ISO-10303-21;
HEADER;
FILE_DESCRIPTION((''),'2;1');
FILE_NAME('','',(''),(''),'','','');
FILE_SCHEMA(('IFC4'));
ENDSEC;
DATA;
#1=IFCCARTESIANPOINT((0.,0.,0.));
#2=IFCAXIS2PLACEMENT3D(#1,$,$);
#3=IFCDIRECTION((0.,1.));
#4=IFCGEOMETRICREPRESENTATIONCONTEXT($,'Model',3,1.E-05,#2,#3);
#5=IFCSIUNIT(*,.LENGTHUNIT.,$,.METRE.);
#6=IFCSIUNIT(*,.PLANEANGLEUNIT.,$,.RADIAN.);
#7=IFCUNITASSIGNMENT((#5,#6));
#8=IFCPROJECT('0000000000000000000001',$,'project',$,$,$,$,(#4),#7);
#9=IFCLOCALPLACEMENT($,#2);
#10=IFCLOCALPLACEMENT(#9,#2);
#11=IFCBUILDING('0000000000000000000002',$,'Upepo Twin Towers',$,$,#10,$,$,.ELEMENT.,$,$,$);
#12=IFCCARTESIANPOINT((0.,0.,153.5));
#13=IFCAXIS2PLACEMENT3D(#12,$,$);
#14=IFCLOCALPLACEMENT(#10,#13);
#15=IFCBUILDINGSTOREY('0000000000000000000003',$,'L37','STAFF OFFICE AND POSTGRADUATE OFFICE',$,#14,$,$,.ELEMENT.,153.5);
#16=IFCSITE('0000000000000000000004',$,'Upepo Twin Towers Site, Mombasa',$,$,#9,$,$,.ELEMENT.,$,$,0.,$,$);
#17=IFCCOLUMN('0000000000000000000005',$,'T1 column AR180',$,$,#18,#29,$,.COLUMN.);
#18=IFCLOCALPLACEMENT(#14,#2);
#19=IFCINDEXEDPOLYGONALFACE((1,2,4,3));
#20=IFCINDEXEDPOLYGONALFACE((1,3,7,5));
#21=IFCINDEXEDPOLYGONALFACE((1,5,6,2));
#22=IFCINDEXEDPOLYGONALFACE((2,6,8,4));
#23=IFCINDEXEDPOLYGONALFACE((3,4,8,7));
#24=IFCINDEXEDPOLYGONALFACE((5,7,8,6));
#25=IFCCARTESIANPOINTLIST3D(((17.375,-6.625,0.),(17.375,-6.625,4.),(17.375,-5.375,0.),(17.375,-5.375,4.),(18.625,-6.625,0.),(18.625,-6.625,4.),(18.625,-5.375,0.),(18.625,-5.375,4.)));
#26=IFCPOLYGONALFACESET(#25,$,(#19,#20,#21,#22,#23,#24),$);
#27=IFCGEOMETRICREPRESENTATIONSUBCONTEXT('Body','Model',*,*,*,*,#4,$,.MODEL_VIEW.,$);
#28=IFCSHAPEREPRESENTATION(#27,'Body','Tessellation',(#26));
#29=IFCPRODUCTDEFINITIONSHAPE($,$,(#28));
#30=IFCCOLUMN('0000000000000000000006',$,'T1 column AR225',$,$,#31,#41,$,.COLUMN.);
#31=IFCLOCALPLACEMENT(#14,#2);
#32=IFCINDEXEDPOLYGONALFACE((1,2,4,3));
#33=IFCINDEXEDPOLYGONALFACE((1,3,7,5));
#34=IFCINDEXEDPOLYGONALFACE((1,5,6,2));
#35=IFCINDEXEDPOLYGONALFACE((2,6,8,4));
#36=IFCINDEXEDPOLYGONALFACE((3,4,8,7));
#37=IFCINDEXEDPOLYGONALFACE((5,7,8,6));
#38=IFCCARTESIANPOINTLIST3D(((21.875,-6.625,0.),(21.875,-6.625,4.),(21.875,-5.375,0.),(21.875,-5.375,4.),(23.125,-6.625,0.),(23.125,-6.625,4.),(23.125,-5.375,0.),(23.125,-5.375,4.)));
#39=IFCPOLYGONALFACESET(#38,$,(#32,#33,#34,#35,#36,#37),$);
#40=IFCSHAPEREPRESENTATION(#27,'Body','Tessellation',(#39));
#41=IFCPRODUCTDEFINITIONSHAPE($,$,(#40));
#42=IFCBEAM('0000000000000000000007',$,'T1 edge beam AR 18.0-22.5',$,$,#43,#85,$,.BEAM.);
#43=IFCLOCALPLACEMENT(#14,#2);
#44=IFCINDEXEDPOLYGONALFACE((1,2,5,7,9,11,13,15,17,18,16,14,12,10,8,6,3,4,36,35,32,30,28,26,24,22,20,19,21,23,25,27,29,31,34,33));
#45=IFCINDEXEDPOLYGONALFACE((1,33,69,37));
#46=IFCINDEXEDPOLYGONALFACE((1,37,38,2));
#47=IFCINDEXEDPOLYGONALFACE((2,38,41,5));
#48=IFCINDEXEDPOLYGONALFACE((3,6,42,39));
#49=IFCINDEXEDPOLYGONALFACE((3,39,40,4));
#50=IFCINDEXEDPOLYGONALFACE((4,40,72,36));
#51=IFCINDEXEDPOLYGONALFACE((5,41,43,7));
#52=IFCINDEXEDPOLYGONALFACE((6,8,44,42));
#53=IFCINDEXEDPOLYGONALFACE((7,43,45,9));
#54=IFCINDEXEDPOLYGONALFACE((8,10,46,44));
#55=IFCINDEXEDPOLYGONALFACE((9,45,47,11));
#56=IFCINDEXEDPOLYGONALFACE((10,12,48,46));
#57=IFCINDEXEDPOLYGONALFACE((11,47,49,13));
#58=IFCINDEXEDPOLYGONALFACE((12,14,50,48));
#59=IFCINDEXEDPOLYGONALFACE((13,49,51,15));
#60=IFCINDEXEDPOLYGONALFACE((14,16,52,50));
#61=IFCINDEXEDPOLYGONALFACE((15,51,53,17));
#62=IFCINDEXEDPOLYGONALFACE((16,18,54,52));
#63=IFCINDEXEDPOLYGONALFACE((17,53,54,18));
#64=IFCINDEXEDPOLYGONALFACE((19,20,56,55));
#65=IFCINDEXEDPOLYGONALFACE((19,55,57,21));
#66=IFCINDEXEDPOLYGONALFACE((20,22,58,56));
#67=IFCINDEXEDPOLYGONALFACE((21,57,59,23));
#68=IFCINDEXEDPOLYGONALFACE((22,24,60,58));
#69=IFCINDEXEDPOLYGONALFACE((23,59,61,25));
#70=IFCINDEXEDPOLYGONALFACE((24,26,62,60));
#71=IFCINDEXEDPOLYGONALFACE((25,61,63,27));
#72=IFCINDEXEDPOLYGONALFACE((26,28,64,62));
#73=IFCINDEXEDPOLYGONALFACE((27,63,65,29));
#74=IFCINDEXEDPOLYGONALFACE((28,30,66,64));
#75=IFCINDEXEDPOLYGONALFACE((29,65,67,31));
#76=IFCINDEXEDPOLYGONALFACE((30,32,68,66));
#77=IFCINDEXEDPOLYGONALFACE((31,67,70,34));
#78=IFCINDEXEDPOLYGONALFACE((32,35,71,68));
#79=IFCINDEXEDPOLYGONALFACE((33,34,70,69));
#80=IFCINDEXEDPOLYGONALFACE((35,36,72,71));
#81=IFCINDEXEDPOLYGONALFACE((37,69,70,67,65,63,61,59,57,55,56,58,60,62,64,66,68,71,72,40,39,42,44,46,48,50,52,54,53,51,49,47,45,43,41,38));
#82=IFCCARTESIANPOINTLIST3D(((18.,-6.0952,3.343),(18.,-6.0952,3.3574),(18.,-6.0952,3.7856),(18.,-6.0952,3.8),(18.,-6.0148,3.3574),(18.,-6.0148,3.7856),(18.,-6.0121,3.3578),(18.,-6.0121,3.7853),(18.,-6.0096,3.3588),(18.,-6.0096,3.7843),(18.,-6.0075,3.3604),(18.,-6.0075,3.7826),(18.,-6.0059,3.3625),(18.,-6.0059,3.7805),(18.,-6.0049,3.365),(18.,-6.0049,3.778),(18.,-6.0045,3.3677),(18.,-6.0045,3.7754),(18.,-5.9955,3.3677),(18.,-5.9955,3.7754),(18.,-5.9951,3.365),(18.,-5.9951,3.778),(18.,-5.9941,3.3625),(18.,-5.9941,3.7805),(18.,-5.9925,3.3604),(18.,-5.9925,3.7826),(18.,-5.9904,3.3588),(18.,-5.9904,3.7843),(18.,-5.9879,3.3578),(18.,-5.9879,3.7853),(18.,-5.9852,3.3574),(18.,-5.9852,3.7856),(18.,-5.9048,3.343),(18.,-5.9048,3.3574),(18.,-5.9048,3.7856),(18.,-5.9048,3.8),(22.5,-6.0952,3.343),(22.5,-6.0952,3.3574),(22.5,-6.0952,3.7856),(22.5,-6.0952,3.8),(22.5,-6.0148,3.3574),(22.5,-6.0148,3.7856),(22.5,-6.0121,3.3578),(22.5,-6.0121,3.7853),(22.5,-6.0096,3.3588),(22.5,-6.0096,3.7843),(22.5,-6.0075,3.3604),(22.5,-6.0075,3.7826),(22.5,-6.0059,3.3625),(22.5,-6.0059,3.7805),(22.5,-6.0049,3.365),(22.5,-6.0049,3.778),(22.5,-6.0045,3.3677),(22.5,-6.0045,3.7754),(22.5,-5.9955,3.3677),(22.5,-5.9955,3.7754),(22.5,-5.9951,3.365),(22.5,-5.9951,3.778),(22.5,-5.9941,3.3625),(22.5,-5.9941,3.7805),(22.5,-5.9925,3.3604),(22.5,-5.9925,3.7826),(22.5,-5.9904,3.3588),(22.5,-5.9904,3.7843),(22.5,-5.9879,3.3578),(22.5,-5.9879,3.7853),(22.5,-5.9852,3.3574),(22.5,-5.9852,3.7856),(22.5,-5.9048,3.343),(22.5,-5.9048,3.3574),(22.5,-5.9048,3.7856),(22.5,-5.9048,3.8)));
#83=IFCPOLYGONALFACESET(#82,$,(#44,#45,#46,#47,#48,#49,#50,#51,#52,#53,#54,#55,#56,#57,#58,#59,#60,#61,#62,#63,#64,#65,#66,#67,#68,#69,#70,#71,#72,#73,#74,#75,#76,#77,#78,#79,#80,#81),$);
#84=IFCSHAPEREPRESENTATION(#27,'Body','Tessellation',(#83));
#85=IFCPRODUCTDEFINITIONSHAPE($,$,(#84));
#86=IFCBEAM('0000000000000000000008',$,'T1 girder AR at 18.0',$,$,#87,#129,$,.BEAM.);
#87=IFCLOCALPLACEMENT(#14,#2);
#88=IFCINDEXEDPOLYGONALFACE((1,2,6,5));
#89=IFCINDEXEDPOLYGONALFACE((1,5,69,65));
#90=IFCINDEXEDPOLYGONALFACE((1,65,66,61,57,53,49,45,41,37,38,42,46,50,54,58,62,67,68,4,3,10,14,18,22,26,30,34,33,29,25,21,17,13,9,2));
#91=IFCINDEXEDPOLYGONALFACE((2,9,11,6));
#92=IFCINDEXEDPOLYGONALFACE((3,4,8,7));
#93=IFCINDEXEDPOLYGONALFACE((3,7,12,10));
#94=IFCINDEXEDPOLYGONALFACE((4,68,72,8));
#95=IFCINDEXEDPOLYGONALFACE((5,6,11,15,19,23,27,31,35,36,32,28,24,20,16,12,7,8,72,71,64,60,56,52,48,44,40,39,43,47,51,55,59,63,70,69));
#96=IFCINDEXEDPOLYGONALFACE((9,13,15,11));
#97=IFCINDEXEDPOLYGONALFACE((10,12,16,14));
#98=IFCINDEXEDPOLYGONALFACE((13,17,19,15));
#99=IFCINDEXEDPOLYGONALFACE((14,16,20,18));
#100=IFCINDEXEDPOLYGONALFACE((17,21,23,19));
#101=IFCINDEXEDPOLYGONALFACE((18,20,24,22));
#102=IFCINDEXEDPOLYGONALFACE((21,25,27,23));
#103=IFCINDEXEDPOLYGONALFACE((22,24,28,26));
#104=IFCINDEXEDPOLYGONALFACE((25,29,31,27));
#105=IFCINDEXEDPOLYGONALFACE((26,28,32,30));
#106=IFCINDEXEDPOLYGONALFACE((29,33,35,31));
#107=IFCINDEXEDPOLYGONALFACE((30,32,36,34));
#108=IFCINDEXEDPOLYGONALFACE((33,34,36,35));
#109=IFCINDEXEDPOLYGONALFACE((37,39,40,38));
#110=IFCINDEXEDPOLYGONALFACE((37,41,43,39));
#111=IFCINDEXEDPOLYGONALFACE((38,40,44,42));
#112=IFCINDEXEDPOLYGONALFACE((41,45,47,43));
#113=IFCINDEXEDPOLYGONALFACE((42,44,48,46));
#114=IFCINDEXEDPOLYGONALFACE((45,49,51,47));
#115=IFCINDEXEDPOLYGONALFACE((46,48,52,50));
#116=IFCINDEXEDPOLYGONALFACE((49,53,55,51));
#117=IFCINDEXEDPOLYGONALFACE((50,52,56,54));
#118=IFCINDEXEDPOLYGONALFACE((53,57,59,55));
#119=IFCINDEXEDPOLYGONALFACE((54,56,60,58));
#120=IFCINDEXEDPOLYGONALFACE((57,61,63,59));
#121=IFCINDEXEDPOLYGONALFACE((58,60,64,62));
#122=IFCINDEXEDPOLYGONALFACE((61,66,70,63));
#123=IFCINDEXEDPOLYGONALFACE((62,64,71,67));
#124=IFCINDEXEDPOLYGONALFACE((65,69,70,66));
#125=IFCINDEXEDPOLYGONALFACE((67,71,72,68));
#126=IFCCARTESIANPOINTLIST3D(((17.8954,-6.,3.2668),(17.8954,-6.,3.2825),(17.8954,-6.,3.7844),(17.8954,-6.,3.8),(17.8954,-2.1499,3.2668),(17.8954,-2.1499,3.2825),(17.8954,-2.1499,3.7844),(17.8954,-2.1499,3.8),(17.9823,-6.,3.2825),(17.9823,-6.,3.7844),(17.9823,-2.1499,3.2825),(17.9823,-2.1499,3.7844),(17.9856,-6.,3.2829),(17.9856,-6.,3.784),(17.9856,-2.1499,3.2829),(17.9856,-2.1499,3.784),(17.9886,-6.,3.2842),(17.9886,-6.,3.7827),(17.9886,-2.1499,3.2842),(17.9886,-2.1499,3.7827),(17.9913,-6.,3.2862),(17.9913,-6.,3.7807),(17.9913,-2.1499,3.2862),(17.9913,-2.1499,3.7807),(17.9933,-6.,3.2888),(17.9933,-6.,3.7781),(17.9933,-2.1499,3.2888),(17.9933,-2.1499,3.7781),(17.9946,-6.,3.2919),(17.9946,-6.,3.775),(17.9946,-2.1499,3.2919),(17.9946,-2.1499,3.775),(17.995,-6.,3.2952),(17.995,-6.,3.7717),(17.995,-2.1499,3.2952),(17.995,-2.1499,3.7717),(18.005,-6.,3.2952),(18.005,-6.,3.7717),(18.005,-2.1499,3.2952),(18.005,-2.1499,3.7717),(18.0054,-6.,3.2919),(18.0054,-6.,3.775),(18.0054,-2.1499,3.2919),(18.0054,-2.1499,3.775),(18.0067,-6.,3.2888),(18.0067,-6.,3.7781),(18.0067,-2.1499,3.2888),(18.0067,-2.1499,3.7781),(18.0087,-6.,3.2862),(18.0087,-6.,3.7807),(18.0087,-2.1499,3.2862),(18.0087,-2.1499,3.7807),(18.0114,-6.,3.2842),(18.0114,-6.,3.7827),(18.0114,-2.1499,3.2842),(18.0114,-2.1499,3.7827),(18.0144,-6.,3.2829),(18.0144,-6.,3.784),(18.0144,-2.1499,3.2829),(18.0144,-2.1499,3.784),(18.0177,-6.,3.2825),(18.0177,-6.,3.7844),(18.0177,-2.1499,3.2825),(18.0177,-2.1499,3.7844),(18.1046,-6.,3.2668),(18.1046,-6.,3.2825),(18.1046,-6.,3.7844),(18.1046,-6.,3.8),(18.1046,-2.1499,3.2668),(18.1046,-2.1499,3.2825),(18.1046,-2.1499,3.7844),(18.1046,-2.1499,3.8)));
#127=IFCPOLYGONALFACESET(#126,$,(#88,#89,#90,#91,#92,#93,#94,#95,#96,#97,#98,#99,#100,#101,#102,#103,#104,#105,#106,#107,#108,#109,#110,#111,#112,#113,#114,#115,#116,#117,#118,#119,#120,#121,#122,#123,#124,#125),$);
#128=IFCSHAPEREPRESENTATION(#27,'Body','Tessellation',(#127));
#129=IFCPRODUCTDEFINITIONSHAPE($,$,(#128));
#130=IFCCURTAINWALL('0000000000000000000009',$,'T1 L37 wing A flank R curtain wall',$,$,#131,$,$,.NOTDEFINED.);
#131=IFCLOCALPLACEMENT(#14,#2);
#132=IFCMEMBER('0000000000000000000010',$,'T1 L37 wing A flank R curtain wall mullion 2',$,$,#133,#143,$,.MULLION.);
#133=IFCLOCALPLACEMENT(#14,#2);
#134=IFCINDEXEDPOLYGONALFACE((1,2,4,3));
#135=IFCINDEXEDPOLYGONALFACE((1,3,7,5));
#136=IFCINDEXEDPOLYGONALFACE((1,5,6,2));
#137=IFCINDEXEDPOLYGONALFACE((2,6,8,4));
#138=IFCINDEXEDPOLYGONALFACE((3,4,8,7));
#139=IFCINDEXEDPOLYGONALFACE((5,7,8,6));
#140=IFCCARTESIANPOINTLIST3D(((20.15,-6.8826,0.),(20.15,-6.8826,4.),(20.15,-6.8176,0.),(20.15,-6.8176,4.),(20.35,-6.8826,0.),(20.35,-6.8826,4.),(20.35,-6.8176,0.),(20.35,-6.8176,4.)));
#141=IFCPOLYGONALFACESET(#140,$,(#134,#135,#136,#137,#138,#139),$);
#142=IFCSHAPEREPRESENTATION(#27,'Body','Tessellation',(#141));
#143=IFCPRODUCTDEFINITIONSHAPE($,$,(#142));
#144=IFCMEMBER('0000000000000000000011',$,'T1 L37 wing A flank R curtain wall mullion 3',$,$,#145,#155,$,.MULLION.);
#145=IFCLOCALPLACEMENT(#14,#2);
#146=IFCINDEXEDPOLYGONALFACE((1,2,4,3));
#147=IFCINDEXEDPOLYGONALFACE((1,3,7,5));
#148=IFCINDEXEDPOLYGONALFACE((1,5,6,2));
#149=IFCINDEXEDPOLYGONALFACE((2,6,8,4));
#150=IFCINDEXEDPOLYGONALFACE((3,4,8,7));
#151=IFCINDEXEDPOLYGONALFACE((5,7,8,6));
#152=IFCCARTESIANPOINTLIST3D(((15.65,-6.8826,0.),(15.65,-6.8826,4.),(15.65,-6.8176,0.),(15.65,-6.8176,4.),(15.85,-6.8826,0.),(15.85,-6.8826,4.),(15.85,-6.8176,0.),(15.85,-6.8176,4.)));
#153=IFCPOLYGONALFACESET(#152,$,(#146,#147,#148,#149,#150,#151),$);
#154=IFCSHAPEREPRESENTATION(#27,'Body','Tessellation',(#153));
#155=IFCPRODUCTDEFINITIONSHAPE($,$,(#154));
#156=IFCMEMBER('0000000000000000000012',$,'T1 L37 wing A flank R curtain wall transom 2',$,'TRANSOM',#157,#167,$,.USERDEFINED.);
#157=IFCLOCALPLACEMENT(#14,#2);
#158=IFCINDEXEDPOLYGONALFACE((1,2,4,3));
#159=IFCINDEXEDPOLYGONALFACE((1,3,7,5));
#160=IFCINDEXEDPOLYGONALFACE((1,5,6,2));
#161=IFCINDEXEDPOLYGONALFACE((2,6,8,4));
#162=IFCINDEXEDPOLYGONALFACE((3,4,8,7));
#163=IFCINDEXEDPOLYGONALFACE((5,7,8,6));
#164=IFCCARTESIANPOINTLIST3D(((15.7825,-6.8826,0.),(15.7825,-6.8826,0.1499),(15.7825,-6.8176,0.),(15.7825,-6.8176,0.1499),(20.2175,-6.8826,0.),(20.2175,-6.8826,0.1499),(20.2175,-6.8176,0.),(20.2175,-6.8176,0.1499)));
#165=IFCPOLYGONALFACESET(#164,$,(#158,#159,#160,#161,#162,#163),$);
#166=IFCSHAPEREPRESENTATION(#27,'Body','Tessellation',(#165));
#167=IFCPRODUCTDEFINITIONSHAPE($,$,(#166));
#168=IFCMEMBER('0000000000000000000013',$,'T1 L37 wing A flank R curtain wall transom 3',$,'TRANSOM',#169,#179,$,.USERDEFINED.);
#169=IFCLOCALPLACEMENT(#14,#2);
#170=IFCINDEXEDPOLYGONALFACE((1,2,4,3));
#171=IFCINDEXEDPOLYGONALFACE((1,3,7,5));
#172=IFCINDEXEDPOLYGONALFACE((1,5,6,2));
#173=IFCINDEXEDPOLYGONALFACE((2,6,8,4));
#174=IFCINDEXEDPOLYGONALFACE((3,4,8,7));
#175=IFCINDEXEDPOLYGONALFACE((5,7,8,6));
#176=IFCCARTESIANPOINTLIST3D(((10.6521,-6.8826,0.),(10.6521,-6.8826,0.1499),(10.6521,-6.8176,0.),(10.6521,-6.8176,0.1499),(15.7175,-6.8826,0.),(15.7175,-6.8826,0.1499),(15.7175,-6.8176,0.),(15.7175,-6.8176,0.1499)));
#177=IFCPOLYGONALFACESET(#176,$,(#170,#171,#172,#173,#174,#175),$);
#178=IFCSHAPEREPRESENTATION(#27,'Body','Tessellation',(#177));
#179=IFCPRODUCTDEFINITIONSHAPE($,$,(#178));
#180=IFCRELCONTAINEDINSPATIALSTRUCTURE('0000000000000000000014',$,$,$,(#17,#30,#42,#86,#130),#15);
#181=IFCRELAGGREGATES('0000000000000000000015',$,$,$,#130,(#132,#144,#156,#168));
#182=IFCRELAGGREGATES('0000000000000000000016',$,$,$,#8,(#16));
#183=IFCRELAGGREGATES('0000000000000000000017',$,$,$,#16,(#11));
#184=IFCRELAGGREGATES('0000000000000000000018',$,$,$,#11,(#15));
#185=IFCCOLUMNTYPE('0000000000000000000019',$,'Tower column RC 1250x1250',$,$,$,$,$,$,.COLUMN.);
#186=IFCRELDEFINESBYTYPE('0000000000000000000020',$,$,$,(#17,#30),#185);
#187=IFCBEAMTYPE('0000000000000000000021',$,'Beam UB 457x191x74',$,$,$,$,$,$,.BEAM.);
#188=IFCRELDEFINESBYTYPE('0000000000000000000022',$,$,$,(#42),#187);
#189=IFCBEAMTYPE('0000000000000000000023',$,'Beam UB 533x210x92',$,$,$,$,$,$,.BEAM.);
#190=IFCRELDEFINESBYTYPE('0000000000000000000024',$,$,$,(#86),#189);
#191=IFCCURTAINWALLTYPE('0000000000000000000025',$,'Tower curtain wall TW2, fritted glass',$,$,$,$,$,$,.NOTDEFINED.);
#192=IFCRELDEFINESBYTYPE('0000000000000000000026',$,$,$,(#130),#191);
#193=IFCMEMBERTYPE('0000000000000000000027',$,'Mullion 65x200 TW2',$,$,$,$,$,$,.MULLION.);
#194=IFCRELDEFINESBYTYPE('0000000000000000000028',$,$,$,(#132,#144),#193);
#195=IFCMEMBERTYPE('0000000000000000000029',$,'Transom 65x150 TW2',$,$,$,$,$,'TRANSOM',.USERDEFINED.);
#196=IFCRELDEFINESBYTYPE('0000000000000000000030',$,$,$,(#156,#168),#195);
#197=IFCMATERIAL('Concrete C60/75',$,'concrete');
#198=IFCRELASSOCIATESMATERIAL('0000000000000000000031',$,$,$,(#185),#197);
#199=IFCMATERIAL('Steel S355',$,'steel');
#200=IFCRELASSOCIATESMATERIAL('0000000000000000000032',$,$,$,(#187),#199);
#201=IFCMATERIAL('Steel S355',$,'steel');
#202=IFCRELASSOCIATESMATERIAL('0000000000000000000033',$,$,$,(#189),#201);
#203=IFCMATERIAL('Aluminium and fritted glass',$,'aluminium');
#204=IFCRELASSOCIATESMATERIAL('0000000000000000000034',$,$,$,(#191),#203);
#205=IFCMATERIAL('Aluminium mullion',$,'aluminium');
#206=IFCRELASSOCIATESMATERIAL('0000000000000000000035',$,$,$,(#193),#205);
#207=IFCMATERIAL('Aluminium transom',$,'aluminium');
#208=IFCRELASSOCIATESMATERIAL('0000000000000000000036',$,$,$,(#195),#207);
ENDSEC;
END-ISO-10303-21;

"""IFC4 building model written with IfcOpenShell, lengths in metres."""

from ifc_helpers import new_model, si_unit, direction, frame, origin, origin_2d, place, context, subcontext, project, spatial, rectangle, i_section, extrude, material, material_profile, profile_set, type_object, element, aggregate, save


model = new_model("IFC4")

# Units and contexts
model_context = context("Model", 3, precision=1e-05, world=origin(), true_north=direction((0.0, 1.0)))
body_context = subcontext(model_context, "Body", "Model", "MODEL_VIEW")
ifc_project = project(units=[si_unit("LENGTHUNIT", "METRE"), si_unit("PLANEANGLEUNIT", "RADIAN")], contexts=[model_context])

# Site, building, storey
site_placement = place(None, origin())
site = spatial("IfcSite", under=ifc_project, at=site_placement, Name="Upepo Twin Towers Site, Mombasa", CompositionType="ELEMENT", RefElevation=0.0)
building_placement = place(site_placement, origin())
building = spatial("IfcBuilding", under=site, at=building_placement, Name="Upepo Twin Towers", CompositionType="ELEMENT")
storey_placement = place(building_placement, frame((0.0, 0.0, 153.5)))
storey = spatial("IfcBuildingStorey", under=building, at=storey_placement, Name="L37", Description="STAFF OFFICE AND POSTGRADUATE OFFICE", CompositionType="ELEMENT", Elevation=153.5)

# Columns
ifc_material_1 = material(Name="Concrete C60/75", Category="concrete")
ifc_material_profile_1 = material_profile(ifc_material_1, rectangle(XDim=1.25, YDim=1.25, at=origin_2d()), Name="RC 1250x1250")
ifc_profile_set_1 = profile_set([ifc_material_profile_1], Name="Concrete C60/75")
column_type = type_object("IfcColumnType", Name="Tower column RC 1250x1250", PredefinedType="COLUMN", material=ifc_profile_set_1)
for number, where, z_axis, x_axis, name in (
    (1, (18.0, -6.0, 0.0), (0.0, 0.0, 1.0), (1.0, 0.0, 0.0), "T1 column AR180"),
    (2, (22.5, -6.0, 0.0), (0.0, 0.0, 1.0), (1.0, 0.0, 0.0), "T1 column AR225"),
):
    element("IfcColumn", number, at=place(storey_placement, frame(where, z_axis=z_axis, x_axis=x_axis)), inside=storey, type_object=column_type, Name=name, PredefinedType="COLUMN", context=body_context, shape_type="SweptSolid", body=[
        extrude(rectangle(XDim=1.25, YDim=1.25, at=origin_2d()), origin(), (0.0, 0.0, 1.0), 4.0),
    ])

# Beams
ifc_material_2 = material(Name="Steel S355", Category="steel")
ifc_material_profile_2 = material_profile(ifc_material_2, i_section(OverallWidth=0.1904, OverallDepth=0.457, WebThickness=0.009, FlangeThickness=0.0144, FilletRadius=0.0103, at=origin_2d()), Name="UB 457x191x74")
ifc_profile_set_2 = profile_set([ifc_material_profile_2], Name="Steel S355")
beam_type_1 = type_object("IfcBeamType", Name="Beam UB 457x191x74", PredefinedType="BEAM", material=ifc_profile_set_2)
beam_1_placement = place(storey_placement, frame((18.0, -6.0, 3.5715), z_axis=(1.0, 0.0, 0.0), x_axis=(0.0, 1.0, 0.0)))
element("IfcBeam", 3, at=beam_1_placement, inside=storey, type_object=beam_type_1, Name="T1 edge beam AR 18.0-22.5", PredefinedType="BEAM", context=body_context, shape_type="SweptSolid", body=[
    extrude(i_section(OverallWidth=0.1904, OverallDepth=0.457, WebThickness=0.009, FlangeThickness=0.0144, FilletRadius=0.0103, at=origin_2d()), origin(), (0.0, 0.0, 1.0), 4.5),
])
ifc_material_3 = material(Name="Steel S355", Category="steel")
ifc_material_profile_3 = material_profile(ifc_material_3, i_section(OverallWidth=0.2092, OverallDepth=0.5332, WebThickness=0.01, FlangeThickness=0.0156, FilletRadius=0.0127, at=origin_2d()), Name="UB 533x210x92")
ifc_profile_set_3 = profile_set([ifc_material_profile_3], Name="Steel S355")
beam_type_2 = type_object("IfcBeamType", Name="Beam UB 533x210x92", PredefinedType="BEAM", material=ifc_profile_set_3)
beam_2_placement = place(storey_placement, frame((18.0, -6.0, 3.5334), z_axis=(0.0, 1.0, 0.0), x_axis=(-1.0, 0.0, 0.0)))
element("IfcBeam", 4, at=beam_2_placement, inside=storey, type_object=beam_type_2, Name="T1 girder AR at 18.0", PredefinedType="BEAM", context=body_context, shape_type="SweptSolid", body=[
    extrude(i_section(OverallWidth=0.2092, OverallDepth=0.5332, WebThickness=0.01, FlangeThickness=0.0156, FilletRadius=0.0127, at=origin_2d()), origin(), (0.0, 0.0, 1.0), 3.8501),
])

# Curtain wall, members
ifc_material_4 = material(Name="Aluminium and fritted glass", Category="aluminium")
curtain_wall_type = type_object("IfcCurtainWallType", Name="Tower curtain wall TW2, fritted glass", PredefinedType="NOTDEFINED", material=ifc_material_4)
curtain_wall_placement = place(storey_placement, origin())
curtain_wall = element("IfcCurtainWall", 5, at=curtain_wall_placement, inside=storey, type_object=curtain_wall_type, Name="T1 L37 wing A flank R curtain wall", PredefinedType="NOTDEFINED")
ifc_material_5 = material(Name="Aluminium mullion", Category="aluminium")
ifc_material_profile_4 = material_profile(ifc_material_5, rectangle(XDim=0.0649, YDim=0.2, at=origin_2d()), Name="MULLION 65x200")
ifc_profile_set_4 = profile_set([ifc_material_profile_4], Name="Aluminium mullion")
member_type_1 = type_object("IfcMemberType", Name="Mullion 65x200 TW2", PredefinedType="MULLION", material=ifc_profile_set_4)
member_1_placement = place(storey_placement, frame((20.25, -6.8501, 0.0), z_axis=(0.0, 0.0, 1.0), x_axis=(0.0, -1.0, 0.0)))
member_1 = element("IfcMember", 6, at=member_1_placement, type_object=member_type_1, Name="T1 L37 wing A flank R curtain wall mullion 2", PredefinedType="MULLION", context=body_context, shape_type="SweptSolid", body=[
    extrude(rectangle(XDim=0.0649, YDim=0.2, at=origin_2d()), origin(), (0.0, 0.0, 1.0), 4.0),
])
member_2_placement = place(storey_placement, frame((15.75, -6.8501, 0.0), z_axis=(0.0, 0.0, 1.0), x_axis=(0.0, -1.0, 0.0)))
member_2 = element("IfcMember", 7, at=member_2_placement, type_object=member_type_1, Name="T1 L37 wing A flank R curtain wall mullion 3", PredefinedType="MULLION", context=body_context, shape_type="SweptSolid", body=[
    extrude(rectangle(XDim=0.0649, YDim=0.2, at=origin_2d()), origin(), (0.0, 0.0, 1.0), 4.0),
])
ifc_material_6 = material(Name="Aluminium transom", Category="aluminium")
ifc_material_profile_5 = material_profile(ifc_material_6, rectangle(XDim=0.0649, YDim=0.1499, at=origin_2d()), Name="TRANSOM 65x150")
ifc_profile_set_5 = profile_set([ifc_material_profile_5], Name="Aluminium transom")
member_type_2 = type_object("IfcMemberType", Name="Transom 65x150 TW2", ElementType="TRANSOM", PredefinedType="USERDEFINED", material=ifc_profile_set_5)
member_3_placement = place(storey_placement, frame((20.2175, -6.8501, 0.075), z_axis=(-1.0, 0.0, 0.0), x_axis=(0.0, -1.0, 0.0)))
member_3 = element("IfcMember", 8, at=member_3_placement, type_object=member_type_2, Name="T1 L37 wing A flank R curtain wall transom 2", ObjectType="TRANSOM", PredefinedType="USERDEFINED", context=body_context, shape_type="SweptSolid", body=[
    extrude(rectangle(XDim=0.0649, YDim=0.1499, at=origin_2d()), origin(), (0.0, 0.0, 1.0), 4.4351),
])
member_4_placement = place(storey_placement, frame((15.7175, -6.8501, 0.075), z_axis=(-1.0, 0.0, 0.0), x_axis=(0.0, -1.0, 0.0)))
member_4 = element("IfcMember", 9, at=member_4_placement, type_object=member_type_2, Name="T1 L37 wing A flank R curtain wall transom 3", ObjectType="TRANSOM", PredefinedType="USERDEFINED", context=body_context, shape_type="SweptSolid", body=[
    extrude(rectangle(XDim=0.0649, YDim=0.1499, at=origin_2d()), origin(), (0.0, 0.0, 1.0), 5.0654),
])
aggregate(curtain_wall, [member_1, member_2, member_3, member_4])

save(model, "model.ifc")
